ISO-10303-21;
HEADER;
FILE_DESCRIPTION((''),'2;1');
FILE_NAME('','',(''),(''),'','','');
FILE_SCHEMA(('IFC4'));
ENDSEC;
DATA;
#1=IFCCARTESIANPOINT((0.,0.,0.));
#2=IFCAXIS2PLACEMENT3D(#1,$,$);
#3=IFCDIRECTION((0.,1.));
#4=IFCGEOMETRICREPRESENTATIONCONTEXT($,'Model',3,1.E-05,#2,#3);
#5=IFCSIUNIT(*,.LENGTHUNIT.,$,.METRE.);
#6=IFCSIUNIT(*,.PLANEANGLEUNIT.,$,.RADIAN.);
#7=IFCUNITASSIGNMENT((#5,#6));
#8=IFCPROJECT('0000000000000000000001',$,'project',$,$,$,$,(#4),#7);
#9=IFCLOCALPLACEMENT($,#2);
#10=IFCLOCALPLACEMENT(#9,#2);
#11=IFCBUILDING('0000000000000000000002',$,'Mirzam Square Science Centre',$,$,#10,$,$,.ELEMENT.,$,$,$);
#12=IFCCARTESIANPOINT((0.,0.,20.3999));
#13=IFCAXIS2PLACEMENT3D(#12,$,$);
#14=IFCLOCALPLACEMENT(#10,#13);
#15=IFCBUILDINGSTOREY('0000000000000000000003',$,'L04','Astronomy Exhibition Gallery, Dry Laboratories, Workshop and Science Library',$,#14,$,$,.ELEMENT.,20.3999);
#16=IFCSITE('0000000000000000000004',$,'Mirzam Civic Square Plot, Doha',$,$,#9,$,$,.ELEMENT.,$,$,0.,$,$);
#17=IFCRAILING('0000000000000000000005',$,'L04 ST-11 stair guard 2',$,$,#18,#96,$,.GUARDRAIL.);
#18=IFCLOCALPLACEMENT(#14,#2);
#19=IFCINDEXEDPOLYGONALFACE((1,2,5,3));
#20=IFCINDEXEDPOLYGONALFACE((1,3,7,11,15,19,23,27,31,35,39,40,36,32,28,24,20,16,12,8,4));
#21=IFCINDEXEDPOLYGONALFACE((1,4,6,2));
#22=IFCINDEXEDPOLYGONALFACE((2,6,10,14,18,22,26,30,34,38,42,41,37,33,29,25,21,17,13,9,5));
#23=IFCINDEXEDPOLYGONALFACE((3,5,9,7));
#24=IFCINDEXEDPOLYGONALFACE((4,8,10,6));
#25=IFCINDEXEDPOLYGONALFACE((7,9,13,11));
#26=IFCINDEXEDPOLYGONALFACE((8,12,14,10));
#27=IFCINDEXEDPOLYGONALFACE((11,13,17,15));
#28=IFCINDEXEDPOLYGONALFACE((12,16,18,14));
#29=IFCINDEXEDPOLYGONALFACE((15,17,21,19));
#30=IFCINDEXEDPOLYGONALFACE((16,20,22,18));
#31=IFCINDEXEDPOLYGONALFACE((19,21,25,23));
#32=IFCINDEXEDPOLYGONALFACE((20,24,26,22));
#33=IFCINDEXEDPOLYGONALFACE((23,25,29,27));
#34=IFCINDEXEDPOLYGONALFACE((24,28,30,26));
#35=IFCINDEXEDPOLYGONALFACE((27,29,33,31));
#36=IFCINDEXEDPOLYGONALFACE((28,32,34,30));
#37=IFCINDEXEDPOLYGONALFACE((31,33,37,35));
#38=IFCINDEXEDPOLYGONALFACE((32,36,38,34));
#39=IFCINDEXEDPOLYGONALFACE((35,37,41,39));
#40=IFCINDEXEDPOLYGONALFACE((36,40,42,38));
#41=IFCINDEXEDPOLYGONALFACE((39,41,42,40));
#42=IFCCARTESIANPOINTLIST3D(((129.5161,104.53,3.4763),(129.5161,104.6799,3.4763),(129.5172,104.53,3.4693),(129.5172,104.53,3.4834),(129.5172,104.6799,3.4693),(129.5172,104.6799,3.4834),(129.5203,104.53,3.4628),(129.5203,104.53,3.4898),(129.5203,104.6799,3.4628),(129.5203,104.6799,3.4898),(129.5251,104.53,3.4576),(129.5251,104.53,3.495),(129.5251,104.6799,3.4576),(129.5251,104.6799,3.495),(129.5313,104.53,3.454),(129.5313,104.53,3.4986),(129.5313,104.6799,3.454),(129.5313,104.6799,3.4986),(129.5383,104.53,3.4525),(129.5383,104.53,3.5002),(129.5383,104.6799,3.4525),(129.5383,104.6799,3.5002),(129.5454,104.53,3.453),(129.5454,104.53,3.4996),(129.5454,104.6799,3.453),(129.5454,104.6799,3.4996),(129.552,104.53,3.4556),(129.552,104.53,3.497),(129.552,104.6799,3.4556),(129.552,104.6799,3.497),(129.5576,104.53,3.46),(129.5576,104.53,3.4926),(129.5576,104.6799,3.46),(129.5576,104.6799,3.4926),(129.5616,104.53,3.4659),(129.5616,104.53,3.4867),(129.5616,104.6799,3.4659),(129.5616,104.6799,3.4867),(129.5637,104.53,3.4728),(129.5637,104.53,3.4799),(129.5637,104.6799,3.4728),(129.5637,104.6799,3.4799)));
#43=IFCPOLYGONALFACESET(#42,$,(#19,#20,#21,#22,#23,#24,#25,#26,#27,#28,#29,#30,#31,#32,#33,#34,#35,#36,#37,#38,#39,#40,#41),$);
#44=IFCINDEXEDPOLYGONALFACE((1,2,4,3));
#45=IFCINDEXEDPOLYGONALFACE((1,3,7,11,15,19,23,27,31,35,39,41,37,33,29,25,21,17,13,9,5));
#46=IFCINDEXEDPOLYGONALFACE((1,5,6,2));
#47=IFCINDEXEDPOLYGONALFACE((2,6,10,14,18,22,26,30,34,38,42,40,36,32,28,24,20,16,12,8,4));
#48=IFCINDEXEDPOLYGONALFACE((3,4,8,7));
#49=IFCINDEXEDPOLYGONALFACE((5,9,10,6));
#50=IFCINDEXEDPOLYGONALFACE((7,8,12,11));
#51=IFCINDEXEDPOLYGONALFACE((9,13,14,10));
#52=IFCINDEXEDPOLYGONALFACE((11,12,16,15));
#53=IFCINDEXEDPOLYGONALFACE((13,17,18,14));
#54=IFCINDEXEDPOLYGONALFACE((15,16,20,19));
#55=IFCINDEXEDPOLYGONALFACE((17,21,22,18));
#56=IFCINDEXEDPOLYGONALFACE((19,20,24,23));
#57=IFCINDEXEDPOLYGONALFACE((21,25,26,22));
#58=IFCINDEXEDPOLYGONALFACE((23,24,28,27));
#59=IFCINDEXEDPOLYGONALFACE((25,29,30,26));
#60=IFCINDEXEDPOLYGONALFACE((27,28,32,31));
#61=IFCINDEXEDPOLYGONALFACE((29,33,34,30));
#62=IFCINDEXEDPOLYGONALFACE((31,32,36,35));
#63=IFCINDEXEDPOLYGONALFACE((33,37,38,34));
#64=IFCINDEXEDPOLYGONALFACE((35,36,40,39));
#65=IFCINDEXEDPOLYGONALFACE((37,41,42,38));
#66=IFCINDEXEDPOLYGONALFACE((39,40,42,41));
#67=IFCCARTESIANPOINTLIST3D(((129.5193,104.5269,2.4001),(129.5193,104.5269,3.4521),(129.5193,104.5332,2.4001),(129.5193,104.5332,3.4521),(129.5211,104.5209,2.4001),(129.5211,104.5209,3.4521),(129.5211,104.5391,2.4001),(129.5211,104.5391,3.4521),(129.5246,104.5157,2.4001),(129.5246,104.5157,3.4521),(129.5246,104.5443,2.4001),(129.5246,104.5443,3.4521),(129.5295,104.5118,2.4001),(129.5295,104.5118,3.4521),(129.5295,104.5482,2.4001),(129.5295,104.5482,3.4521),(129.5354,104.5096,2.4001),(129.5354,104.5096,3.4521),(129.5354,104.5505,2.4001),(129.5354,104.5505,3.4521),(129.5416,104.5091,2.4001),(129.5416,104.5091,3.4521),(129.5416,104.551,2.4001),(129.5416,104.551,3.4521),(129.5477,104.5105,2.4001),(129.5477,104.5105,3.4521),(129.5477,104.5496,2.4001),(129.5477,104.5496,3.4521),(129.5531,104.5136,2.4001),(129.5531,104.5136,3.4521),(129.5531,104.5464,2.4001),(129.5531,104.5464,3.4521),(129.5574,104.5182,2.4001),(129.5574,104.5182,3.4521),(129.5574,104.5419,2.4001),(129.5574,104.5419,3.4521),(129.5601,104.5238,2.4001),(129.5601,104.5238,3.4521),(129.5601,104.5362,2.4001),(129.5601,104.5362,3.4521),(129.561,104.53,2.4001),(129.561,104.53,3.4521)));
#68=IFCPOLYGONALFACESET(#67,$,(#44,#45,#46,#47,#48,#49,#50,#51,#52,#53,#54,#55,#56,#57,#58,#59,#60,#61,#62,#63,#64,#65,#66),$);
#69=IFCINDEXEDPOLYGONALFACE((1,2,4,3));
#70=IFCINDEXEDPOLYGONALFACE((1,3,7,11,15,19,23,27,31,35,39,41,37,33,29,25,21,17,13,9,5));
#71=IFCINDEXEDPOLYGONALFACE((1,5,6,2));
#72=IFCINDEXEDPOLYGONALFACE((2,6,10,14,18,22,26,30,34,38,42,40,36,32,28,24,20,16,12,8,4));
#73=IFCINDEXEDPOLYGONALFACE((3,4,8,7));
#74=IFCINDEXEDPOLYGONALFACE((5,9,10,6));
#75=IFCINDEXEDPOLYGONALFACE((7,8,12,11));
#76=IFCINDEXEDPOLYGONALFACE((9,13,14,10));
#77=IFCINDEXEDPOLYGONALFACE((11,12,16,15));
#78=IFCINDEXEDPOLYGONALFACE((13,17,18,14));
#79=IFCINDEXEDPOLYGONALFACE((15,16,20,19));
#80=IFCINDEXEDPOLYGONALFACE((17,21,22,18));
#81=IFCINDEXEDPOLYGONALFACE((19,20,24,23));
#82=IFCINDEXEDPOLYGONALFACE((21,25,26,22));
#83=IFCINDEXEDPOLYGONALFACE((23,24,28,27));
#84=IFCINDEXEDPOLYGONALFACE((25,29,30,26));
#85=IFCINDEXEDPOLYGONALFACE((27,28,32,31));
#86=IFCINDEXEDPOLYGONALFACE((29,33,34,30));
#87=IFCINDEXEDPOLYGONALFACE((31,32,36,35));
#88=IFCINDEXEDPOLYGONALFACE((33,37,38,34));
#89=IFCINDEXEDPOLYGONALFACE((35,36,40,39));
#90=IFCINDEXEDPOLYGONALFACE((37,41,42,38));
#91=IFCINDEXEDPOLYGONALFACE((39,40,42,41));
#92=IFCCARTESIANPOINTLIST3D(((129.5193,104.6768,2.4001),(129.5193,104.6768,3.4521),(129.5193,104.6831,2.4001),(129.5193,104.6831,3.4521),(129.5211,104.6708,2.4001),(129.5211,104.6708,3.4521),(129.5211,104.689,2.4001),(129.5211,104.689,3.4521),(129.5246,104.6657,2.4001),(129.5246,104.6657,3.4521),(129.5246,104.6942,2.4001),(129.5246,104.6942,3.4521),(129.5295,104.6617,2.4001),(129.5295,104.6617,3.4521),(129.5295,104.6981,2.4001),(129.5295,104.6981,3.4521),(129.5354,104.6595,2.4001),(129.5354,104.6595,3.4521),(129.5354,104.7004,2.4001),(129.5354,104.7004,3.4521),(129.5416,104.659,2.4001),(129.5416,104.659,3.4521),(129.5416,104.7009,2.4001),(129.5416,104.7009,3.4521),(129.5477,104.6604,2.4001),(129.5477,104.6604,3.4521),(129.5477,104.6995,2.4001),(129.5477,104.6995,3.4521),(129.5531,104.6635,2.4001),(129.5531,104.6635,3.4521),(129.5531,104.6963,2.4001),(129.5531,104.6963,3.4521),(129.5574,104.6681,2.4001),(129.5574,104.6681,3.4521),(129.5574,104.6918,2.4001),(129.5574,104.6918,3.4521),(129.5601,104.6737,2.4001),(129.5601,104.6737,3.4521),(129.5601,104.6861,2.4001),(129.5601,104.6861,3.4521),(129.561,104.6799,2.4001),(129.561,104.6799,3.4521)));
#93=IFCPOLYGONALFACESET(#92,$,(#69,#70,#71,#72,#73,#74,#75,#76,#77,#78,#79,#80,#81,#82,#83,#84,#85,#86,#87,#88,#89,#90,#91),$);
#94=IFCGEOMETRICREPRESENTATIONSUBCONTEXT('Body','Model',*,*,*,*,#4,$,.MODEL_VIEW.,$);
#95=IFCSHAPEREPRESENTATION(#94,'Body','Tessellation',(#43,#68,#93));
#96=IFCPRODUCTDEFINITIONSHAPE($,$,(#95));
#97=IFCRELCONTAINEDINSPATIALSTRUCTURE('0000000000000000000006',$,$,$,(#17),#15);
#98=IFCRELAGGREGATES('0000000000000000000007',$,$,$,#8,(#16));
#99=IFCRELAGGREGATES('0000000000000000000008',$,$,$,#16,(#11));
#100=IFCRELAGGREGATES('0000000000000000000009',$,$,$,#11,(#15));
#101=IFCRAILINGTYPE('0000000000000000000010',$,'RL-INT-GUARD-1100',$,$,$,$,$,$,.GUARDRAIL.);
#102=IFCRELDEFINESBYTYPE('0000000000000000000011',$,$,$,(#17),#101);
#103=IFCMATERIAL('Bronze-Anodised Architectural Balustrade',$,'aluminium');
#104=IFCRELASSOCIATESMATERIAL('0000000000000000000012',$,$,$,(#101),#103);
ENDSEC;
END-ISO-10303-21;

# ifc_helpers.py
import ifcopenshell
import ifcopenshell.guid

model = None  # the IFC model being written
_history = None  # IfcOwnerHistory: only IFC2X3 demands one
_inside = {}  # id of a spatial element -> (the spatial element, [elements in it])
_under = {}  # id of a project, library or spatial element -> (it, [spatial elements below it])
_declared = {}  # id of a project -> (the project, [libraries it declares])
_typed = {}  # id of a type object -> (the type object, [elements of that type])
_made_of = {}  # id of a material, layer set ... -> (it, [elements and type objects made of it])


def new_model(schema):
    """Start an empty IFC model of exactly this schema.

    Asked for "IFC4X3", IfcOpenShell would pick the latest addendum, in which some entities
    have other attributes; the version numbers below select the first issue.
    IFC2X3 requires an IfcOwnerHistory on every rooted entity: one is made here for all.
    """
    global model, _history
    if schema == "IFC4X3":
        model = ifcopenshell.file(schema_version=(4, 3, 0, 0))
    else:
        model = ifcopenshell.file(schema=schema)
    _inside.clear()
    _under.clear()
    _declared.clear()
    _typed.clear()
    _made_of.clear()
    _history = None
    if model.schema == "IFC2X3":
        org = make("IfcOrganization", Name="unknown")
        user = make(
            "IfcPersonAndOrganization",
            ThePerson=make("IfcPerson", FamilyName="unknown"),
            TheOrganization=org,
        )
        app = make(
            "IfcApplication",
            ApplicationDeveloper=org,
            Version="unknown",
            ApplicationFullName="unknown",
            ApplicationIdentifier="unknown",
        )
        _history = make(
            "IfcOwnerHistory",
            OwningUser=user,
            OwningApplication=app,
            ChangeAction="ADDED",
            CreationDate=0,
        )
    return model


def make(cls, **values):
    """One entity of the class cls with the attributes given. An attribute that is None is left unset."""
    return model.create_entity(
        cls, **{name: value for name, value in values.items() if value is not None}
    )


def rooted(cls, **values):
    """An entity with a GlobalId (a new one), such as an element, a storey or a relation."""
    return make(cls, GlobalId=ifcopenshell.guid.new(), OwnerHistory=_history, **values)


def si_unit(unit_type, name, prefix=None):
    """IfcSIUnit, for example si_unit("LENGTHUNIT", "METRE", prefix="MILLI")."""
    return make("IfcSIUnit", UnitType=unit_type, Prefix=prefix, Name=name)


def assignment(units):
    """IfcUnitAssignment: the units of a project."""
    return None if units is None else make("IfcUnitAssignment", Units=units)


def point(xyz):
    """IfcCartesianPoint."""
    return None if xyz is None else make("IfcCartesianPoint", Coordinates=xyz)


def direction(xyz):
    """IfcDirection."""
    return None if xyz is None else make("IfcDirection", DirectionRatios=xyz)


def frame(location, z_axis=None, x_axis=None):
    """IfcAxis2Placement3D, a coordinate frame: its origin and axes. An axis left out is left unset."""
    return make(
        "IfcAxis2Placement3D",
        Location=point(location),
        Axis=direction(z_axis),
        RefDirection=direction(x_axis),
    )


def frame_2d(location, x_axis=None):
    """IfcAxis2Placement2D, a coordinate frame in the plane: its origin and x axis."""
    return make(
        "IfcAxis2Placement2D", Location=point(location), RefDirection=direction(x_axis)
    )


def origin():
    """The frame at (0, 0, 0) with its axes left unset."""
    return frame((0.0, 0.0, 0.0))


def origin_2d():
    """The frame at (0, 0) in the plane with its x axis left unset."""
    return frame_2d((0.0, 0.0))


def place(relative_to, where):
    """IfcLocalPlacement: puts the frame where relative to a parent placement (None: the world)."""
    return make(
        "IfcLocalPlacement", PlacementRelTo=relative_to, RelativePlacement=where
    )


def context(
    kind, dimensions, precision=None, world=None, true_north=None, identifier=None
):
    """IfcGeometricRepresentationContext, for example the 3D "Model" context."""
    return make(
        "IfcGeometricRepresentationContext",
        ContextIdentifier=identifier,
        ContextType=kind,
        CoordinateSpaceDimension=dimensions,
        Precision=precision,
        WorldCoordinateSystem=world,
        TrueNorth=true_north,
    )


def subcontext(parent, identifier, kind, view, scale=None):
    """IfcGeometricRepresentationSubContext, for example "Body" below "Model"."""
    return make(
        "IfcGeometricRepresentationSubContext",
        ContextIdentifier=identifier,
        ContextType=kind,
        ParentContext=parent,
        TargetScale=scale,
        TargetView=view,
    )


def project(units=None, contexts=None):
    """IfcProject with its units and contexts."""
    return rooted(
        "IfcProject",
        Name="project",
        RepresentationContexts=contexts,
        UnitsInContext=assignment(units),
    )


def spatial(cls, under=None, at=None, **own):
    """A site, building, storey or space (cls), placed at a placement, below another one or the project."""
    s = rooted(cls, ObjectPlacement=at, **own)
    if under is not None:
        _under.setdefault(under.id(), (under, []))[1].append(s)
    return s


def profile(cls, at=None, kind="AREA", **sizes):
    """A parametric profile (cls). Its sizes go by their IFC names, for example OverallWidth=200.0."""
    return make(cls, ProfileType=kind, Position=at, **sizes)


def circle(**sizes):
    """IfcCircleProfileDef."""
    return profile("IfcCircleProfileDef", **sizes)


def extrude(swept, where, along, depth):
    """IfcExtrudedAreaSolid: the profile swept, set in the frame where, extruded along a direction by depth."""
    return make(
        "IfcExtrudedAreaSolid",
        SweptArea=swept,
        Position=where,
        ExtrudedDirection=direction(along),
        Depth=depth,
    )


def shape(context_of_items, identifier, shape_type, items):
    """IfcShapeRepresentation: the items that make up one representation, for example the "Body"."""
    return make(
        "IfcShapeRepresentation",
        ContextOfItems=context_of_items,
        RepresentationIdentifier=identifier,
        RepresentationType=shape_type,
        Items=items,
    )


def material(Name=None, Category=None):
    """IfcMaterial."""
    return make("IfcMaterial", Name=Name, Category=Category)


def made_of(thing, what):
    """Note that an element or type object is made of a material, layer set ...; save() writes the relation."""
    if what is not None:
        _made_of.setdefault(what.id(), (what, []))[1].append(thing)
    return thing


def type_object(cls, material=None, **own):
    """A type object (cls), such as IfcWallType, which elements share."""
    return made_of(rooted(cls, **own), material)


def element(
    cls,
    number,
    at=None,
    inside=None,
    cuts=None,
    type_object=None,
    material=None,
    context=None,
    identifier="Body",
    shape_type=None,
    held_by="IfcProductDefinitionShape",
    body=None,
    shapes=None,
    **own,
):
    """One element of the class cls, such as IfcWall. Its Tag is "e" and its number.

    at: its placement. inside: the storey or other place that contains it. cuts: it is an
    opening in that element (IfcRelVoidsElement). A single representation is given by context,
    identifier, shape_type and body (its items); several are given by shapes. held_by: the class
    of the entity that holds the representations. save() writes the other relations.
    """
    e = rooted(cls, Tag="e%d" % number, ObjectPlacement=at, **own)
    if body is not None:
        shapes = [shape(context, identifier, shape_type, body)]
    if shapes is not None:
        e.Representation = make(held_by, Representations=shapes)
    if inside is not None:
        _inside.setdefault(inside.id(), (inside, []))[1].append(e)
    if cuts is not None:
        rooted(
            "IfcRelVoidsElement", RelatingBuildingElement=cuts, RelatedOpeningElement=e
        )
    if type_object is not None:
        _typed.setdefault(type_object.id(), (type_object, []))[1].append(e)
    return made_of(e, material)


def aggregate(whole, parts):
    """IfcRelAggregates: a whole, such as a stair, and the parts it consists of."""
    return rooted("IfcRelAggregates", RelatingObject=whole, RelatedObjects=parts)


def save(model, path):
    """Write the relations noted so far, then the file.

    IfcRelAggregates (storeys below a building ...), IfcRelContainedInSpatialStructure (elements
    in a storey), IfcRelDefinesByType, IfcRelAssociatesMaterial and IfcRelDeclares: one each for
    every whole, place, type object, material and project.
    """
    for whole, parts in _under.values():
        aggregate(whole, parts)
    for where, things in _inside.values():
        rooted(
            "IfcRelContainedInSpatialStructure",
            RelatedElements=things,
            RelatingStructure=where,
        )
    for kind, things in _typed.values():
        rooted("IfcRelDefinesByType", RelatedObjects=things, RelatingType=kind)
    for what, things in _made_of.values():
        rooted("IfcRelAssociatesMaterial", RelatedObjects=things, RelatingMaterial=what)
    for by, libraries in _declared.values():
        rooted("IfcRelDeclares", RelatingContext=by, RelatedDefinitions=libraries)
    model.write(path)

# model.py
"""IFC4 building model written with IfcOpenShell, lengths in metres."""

from ifc_helpers import new_model, si_unit, direction, frame, origin, origin_2d, place, context, subcontext, project, spatial, circle, extrude, material, type_object, element, save


model = new_model("IFC4")

# Units and contexts
model_context = context("Model", 3, precision=1e-05, world=origin(), true_north=direction((0.0, 1.0)))
body_context = subcontext(model_context, "Body", "Model", "MODEL_VIEW")
ifc_project = project(units=[si_unit("LENGTHUNIT", "METRE"), si_unit("PLANEANGLEUNIT", "RADIAN")], contexts=[model_context])

# Site, building, storey
site_placement = place(None, origin())
site = spatial("IfcSite", under=ifc_project, at=site_placement, Name="Mirzam Civic Square Plot, Doha", CompositionType="ELEMENT", RefElevation=0.0)
building_placement = place(site_placement, origin())
building = spatial("IfcBuilding", under=site, at=building_placement, Name="Mirzam Square Science Centre", CompositionType="ELEMENT")
storey_placement = place(building_placement, frame((0.0, 0.0, 20.3999)))
storey = spatial("IfcBuildingStorey", under=building, at=storey_placement, Name="L04", Description="Astronomy Exhibition Gallery, Dry Laboratories, Workshop and Science Library", CompositionType="ELEMENT", Elevation=20.3999)

# Railing
ifc_material_1 = material(Name="Bronze-Anodised Architectural Balustrade", Category="aluminium")
railing_type_1 = type_object("IfcRailingType", Name="RL-INT-GUARD-1100", PredefinedType="GUARDRAIL", material=ifc_material_1)
railing_1_placement = place(storey_placement, frame((129.54, 104.53, 2.4001)))
element("IfcRailing", 1, at=railing_1_placement, inside=storey, type_object=railing_type_1, Name="L04 ST-11 stair guard 2", PredefinedType="GUARDRAIL", context=body_context, shape_type="SweptSolid", body=[
    extrude(circle(Radius=0.0239, at=origin_2d()), frame((0.0, 0.0, 1.0762), z_axis=(0.0, 1.0, 0.0), x_axis=(-1.0, 0.0, 0.0)), (0.0, 0.0, 1.0), 0.1499),
    extrude(circle(Radius=0.021, at=origin_2d()), origin(), (0.0, 0.0, 1.0), 1.052),
    extrude(circle(Radius=0.021, at=origin_2d()), frame((0.0, 0.1499, 0.0)), (0.0, 0.0, 1.0), 1.052),
])

save(model, "model.ifc")
